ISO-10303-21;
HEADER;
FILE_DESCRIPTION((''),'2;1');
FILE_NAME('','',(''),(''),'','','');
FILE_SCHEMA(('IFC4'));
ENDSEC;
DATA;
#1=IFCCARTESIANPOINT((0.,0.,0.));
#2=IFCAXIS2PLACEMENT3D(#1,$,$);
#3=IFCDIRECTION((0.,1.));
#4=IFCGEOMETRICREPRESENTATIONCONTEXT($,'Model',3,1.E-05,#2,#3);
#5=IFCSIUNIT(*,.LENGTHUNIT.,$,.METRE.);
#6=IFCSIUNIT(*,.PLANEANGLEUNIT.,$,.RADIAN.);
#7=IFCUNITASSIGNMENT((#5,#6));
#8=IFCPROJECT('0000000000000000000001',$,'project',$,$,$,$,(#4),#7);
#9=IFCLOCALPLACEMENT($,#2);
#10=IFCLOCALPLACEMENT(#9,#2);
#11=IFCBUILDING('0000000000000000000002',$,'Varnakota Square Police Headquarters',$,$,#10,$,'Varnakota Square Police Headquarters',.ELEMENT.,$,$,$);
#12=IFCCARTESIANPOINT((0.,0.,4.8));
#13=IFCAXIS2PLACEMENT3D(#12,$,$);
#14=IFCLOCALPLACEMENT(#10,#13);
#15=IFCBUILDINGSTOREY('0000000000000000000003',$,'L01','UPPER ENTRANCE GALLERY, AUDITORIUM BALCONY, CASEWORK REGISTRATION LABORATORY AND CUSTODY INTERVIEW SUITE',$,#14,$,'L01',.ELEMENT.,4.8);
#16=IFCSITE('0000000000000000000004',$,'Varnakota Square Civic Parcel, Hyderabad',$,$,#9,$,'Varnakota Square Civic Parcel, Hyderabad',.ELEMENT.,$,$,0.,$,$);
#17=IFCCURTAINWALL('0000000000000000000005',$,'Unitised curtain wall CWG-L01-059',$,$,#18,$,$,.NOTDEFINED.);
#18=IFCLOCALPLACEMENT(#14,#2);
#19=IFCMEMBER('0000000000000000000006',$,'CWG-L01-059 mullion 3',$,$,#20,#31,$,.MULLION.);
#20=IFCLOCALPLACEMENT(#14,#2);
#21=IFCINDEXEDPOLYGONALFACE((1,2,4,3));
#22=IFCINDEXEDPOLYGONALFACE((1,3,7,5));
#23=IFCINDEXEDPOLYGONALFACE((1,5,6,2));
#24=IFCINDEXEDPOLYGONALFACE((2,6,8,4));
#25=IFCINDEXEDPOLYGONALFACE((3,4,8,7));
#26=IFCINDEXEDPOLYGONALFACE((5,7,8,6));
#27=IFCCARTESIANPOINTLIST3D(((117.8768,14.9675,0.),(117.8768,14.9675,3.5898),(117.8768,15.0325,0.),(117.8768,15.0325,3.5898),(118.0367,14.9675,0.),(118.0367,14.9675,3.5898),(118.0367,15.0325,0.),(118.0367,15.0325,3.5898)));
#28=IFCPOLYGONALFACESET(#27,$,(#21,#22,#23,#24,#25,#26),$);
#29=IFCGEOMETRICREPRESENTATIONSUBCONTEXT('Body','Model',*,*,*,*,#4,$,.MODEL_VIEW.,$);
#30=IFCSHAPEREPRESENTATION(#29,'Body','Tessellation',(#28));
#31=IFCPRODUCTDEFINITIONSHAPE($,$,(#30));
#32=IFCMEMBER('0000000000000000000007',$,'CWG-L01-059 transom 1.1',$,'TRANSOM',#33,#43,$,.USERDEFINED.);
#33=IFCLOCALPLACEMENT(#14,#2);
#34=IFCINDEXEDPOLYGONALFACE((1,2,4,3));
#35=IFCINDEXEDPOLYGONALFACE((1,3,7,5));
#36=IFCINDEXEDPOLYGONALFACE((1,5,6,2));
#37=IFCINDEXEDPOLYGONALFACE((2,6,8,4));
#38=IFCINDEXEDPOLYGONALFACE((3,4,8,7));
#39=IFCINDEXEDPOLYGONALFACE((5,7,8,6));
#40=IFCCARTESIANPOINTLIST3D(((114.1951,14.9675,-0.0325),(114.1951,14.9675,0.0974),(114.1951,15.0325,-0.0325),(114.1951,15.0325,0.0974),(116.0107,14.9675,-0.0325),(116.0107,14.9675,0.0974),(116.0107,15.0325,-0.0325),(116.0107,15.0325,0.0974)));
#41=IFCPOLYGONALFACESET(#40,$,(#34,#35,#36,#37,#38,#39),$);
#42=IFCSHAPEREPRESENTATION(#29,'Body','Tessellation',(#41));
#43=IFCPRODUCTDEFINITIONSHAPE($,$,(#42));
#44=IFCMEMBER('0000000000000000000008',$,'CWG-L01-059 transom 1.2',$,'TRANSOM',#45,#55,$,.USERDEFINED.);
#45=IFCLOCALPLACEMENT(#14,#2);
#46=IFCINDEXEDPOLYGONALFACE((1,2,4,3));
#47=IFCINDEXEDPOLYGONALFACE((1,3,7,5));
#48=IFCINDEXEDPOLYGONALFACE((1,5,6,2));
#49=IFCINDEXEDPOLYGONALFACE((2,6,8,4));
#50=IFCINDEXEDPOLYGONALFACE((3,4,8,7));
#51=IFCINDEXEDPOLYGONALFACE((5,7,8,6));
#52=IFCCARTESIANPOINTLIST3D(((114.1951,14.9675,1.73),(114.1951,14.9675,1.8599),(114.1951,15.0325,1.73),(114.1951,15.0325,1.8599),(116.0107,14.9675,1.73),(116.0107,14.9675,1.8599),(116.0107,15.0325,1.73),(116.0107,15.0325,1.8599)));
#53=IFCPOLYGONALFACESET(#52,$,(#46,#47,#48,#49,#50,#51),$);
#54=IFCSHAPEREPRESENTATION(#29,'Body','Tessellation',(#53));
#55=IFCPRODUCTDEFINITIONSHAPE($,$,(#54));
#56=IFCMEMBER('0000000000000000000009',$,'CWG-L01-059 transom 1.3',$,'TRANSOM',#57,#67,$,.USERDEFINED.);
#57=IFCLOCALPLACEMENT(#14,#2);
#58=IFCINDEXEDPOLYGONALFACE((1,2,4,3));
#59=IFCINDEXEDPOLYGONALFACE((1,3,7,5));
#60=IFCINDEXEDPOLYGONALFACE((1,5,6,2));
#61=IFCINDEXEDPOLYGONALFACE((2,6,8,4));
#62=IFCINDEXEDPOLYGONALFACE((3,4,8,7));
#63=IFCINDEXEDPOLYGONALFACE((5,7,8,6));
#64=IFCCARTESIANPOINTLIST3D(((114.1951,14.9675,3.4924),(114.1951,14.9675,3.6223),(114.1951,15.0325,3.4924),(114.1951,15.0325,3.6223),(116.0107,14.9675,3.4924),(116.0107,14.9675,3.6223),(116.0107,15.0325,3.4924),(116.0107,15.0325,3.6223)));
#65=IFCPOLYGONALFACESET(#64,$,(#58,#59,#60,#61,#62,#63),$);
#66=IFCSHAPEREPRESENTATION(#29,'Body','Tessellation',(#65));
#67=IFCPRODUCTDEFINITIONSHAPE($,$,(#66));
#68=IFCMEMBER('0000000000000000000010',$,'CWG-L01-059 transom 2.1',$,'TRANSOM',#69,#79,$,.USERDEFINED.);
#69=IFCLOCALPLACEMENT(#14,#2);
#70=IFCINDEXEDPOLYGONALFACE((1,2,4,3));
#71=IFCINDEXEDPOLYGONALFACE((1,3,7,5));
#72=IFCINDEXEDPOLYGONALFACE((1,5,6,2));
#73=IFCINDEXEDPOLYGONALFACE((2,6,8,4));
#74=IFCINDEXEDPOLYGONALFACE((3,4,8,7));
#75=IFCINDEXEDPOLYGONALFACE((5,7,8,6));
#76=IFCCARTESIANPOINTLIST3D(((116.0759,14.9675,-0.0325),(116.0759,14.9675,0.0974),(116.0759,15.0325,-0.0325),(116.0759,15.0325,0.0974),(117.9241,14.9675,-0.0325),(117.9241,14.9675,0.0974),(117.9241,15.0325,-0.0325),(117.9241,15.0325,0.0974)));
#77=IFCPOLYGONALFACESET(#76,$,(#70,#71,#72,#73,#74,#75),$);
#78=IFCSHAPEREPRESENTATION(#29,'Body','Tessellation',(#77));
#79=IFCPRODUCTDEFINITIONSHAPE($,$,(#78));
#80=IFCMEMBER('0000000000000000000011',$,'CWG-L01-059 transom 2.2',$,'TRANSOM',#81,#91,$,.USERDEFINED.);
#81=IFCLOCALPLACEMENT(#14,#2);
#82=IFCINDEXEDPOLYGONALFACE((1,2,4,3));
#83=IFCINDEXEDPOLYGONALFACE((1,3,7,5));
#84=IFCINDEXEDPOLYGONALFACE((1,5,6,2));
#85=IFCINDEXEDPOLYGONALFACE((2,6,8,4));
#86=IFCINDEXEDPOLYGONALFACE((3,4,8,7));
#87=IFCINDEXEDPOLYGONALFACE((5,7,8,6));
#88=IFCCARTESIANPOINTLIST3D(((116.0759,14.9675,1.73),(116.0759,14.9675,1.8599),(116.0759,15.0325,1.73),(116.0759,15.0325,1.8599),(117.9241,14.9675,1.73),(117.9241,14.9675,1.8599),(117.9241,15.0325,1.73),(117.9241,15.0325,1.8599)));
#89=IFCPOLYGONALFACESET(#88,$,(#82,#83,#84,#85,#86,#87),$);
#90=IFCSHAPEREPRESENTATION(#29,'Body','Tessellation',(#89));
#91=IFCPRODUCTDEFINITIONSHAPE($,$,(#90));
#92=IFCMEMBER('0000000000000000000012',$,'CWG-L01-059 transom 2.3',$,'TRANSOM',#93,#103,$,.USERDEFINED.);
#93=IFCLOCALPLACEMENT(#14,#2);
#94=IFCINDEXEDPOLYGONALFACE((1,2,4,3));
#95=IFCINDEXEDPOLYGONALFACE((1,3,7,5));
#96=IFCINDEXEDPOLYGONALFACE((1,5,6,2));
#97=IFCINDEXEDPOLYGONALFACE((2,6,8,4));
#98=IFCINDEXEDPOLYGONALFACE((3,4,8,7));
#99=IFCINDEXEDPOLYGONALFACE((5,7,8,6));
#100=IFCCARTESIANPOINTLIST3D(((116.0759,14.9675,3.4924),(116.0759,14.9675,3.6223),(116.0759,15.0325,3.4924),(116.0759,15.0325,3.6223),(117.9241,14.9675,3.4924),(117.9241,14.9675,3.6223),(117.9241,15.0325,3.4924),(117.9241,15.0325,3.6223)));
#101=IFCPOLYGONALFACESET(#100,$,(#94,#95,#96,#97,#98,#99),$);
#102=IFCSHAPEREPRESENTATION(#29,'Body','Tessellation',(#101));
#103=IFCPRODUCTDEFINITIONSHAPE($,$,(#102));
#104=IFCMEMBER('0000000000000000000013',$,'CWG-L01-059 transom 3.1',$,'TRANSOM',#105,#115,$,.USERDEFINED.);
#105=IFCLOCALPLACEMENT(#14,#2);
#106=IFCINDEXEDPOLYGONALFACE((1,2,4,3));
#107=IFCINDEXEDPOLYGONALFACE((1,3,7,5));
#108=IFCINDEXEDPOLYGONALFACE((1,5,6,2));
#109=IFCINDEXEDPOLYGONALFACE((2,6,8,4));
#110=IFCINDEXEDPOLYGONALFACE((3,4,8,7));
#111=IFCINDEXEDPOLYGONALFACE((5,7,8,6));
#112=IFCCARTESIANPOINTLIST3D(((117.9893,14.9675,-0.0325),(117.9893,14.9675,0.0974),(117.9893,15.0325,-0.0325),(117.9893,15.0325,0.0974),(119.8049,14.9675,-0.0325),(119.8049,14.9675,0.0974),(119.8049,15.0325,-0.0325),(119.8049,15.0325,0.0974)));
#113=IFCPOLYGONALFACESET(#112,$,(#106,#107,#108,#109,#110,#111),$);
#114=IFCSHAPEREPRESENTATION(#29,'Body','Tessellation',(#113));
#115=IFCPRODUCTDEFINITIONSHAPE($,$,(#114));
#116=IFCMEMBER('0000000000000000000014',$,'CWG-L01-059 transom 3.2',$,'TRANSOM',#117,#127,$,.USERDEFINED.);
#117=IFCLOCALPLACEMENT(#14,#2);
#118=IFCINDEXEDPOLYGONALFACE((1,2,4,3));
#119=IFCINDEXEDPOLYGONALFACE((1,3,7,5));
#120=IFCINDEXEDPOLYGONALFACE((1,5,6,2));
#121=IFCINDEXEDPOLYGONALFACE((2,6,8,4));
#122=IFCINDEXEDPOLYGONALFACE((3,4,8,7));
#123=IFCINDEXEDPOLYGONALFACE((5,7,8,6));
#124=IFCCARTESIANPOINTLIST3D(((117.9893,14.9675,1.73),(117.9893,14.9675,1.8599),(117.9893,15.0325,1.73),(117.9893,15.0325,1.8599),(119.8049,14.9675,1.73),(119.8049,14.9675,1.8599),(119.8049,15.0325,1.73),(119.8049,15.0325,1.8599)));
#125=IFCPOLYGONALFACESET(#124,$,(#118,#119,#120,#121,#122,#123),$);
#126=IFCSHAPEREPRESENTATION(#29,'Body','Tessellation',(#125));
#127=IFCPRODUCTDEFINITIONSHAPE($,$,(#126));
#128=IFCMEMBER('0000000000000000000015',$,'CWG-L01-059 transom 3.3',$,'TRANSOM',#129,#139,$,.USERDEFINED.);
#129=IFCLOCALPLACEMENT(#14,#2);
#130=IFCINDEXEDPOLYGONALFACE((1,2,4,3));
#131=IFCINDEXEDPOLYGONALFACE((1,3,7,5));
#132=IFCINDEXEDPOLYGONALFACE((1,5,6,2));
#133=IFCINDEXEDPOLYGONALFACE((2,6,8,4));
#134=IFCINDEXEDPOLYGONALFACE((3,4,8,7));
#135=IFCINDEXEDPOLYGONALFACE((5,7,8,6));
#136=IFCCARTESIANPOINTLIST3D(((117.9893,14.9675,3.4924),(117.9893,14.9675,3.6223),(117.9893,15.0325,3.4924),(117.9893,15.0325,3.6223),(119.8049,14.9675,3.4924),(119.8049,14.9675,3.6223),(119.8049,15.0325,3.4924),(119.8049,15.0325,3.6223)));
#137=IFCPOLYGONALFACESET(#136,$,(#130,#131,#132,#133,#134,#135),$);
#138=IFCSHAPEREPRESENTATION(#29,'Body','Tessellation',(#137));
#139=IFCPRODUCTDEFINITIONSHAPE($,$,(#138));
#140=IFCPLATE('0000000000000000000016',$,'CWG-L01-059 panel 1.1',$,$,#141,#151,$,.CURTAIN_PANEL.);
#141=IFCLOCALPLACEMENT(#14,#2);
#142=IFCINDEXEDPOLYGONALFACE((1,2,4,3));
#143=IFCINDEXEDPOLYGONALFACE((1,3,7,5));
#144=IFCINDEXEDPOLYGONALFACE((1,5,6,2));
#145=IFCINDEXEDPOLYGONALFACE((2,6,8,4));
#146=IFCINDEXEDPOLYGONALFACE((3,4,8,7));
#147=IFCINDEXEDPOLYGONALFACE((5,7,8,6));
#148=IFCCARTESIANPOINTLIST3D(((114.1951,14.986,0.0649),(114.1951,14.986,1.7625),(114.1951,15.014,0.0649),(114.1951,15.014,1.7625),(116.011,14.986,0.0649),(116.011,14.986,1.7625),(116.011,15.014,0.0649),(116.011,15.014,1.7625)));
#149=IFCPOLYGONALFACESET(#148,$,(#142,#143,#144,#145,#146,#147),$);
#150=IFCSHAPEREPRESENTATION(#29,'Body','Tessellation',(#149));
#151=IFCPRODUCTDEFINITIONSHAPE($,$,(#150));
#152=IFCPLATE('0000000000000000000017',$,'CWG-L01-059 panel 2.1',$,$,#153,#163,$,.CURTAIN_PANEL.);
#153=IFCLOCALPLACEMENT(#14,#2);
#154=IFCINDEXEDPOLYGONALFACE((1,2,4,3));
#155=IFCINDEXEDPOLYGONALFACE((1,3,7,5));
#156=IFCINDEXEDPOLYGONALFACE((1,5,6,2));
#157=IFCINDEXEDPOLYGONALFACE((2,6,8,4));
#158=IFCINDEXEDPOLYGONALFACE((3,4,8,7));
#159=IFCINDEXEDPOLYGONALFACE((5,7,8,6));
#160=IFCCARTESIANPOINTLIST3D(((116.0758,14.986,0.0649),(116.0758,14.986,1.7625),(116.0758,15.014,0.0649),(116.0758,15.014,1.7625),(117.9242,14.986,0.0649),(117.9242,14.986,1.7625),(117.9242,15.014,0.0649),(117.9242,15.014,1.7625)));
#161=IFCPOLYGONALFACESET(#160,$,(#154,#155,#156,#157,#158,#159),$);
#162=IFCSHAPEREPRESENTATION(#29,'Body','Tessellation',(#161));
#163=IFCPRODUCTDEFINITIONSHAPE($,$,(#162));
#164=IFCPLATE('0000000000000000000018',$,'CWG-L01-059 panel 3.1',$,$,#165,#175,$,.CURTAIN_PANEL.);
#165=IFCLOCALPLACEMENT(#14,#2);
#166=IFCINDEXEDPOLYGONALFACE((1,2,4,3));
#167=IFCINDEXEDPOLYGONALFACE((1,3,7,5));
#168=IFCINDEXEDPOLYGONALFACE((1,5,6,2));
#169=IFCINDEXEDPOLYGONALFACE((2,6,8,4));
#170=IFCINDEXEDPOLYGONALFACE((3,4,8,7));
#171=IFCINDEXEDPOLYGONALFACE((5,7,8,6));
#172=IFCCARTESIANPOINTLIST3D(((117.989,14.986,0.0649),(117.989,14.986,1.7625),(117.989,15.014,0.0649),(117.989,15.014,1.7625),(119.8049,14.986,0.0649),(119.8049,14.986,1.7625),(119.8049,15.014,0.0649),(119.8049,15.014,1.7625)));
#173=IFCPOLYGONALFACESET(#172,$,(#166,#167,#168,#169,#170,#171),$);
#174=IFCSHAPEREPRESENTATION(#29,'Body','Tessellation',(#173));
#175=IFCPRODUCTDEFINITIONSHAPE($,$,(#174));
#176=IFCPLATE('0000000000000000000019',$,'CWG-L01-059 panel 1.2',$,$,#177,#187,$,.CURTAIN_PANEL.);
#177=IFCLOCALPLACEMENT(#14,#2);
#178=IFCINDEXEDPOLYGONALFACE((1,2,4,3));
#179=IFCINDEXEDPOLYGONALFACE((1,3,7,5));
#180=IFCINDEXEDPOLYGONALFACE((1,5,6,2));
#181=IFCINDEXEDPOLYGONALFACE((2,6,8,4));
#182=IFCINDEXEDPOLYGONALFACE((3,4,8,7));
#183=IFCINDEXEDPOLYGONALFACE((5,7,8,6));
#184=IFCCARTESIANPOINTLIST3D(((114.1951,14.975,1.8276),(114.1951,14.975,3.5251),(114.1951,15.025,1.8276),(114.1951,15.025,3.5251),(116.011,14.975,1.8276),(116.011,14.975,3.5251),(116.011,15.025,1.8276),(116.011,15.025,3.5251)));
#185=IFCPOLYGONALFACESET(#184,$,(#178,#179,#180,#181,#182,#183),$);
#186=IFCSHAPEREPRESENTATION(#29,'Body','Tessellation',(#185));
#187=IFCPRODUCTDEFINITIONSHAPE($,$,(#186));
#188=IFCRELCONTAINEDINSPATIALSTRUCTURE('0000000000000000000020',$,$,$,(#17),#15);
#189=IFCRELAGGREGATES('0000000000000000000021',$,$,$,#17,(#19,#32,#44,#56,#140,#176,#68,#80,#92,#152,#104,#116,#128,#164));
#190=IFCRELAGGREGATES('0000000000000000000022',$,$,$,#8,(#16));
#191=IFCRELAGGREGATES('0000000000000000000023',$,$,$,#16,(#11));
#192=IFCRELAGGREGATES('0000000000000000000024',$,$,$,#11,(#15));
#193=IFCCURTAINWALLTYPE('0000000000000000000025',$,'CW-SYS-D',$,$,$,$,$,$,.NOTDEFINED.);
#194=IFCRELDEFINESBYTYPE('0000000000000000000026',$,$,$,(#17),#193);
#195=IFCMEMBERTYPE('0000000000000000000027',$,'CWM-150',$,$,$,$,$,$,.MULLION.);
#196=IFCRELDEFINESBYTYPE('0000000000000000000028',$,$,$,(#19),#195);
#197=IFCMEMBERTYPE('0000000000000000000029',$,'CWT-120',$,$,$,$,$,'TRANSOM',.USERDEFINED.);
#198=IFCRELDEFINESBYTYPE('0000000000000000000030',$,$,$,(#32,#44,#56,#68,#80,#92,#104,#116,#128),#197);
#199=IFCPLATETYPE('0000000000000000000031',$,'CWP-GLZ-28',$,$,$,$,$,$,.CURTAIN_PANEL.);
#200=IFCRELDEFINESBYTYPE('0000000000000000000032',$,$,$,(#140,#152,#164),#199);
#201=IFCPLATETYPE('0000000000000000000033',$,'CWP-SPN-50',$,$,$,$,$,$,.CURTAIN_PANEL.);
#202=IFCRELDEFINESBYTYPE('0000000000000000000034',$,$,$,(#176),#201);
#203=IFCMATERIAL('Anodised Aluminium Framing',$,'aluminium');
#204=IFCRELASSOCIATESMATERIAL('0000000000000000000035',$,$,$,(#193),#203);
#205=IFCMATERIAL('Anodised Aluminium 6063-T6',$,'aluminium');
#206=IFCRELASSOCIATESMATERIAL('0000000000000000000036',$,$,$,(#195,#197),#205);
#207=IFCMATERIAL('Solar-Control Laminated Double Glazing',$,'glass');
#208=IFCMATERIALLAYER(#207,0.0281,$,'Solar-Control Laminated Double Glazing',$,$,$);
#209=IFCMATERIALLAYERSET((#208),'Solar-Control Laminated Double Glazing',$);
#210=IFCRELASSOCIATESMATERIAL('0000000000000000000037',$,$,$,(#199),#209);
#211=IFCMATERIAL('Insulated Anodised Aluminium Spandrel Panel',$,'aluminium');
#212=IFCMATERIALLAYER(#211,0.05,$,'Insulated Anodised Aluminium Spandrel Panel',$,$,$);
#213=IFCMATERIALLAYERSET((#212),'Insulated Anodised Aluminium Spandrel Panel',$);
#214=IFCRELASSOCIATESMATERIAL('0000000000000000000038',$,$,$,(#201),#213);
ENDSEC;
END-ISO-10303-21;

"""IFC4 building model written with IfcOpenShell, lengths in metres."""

from ifc_helpers import new_model, si_unit, direction, frame, origin, origin_2d, place, context, subcontext, project, spatial, rectangle, extrude, material, layer, layer_set, material_profile, profile_set, type_object, element, aggregate, save


model = new_model("IFC4")

# Units and contexts
model_context = context("Model", 3, precision=1e-05, world=origin(), true_north=direction((0.0, 1.0)))
body_context = subcontext(model_context, "Body", "Model", "MODEL_VIEW")
ifc_project = project(units=[si_unit("LENGTHUNIT", "METRE"), si_unit("PLANEANGLEUNIT", "RADIAN")], contexts=[model_context])

# Site, building, storey
site_placement = place(None, origin())
site = spatial("IfcSite", under=ifc_project, at=site_placement, Name="Varnakota Square Civic Parcel, Hyderabad", LongName="Varnakota Square Civic Parcel, Hyderabad", CompositionType="ELEMENT", RefElevation=0.0)
building_placement = place(site_placement, origin())
building = spatial("IfcBuilding", under=site, at=building_placement, Name="Varnakota Square Police Headquarters", LongName="Varnakota Square Police Headquarters", CompositionType="ELEMENT")
storey_placement = place(building_placement, frame((0.0, 0.0, 4.8)))
storey = spatial("IfcBuildingStorey", under=building, at=storey_placement, Name="L01", Description="UPPER ENTRANCE GALLERY, AUDITORIUM BALCONY, CASEWORK REGISTRATION LABORATORY AND CUSTODY INTERVIEW SUITE", LongName="L01", CompositionType="ELEMENT", Elevation=4.8)

# Shared definitions
ifc_material_1 = material(Name="Anodised Aluminium Framing", Category="aluminium")
curtain_wall_type = type_object("IfcCurtainWallType", Name="CW-SYS-D", PredefinedType="NOTDEFINED", material=ifc_material_1)
ifc_material_2 = material(Name="Anodised Aluminium 6063-T6", Category="aluminium")
ifc_material_profile_1 = material_profile(ifc_material_2, rectangle(XDim=0.0649, YDim=0.1599, at=origin_2d()), Name="ALU MULLION 65x160")
ifc_profile_set_1 = profile_set([ifc_material_profile_1], Name="Anodised Aluminium 6063-T6")
member_type_1 = type_object("IfcMemberType", Name="CWM-150", PredefinedType="MULLION", material=ifc_profile_set_1)

# Curtain wall, members, plates
curtain_wall_1_placement = place(storey_placement, origin())
curtain_wall_1 = element("IfcCurtainWall", 1, at=curtain_wall_1_placement, inside=storey, type_object=curtain_wall_type, Name="Unitised curtain wall CWG-L01-059", PredefinedType="NOTDEFINED")
member_1_placement = place(storey_placement, frame((117.9568, 15.0, 0.0), z_axis=(0.0, 0.0, 1.0), x_axis=(0.0, 1.0, 0.0)))
member_1 = element("IfcMember", 2, at=member_1_placement, type_object=member_type_1, Name="CWG-L01-059 mullion 3", PredefinedType="MULLION", context=body_context, shape_type="SweptSolid", body=[
    extrude(rectangle(XDim=0.0649, YDim=0.1599, at=origin_2d()), origin(), (0.0, 0.0, 1.0), 3.5898),
])
ifc_material_profile_2 = material_profile(ifc_material_2, rectangle(XDim=0.0649, YDim=0.1299, at=origin_2d()), Name="ALU TRANSOM 65x130")
ifc_profile_set_2 = profile_set([ifc_material_profile_2], Name="Anodised Aluminium 6063-T6")
member_type_2 = type_object("IfcMemberType", Name="CWT-120", ElementType="TRANSOM", PredefinedType="USERDEFINED", material=ifc_profile_set_2)
member_2_placement = place(storey_placement, frame((114.1951, 15.0, 0.0325), z_axis=(1.0, 0.0, 0.0), x_axis=(0.0, 1.0, 0.0)))
member_2 = element("IfcMember", 3, at=member_2_placement, type_object=member_type_2, Name="CWG-L01-059 transom 1.1", ObjectType="TRANSOM", PredefinedType="USERDEFINED", context=body_context, shape_type="SweptSolid", body=[
    extrude(rectangle(XDim=0.0649, YDim=0.1299, at=origin_2d()), origin(), (0.0, 0.0, 1.0), 1.8157),
])
member_3_placement = place(storey_placement, frame((114.1951, 15.0, 1.7949), z_axis=(1.0, 0.0, 0.0), x_axis=(0.0, 1.0, 0.0)))
member_3 = element("IfcMember", 4, at=member_3_placement, type_object=member_type_2, Name="CWG-L01-059 transom 1.2", ObjectType="TRANSOM", PredefinedType="USERDEFINED", context=body_context, shape_type="SweptSolid", body=[
    extrude(rectangle(XDim=0.0649, YDim=0.1299, at=origin_2d()), origin(), (0.0, 0.0, 1.0), 1.8157),
])
member_4_placement = place(storey_placement, frame((114.1951, 15.0, 3.5574), z_axis=(1.0, 0.0, 0.0), x_axis=(0.0, 1.0, 0.0)))
member_4 = element("IfcMember", 5, at=member_4_placement, type_object=member_type_2, Name="CWG-L01-059 transom 1.3", ObjectType="TRANSOM", PredefinedType="USERDEFINED", context=body_context, shape_type="SweptSolid", body=[
    extrude(rectangle(XDim=0.0649, YDim=0.1299, at=origin_2d()), origin(), (0.0, 0.0, 1.0), 1.8157),
])
member_5_placement = place(storey_placement, frame((116.0759, 15.0, 0.0325), z_axis=(1.0, 0.0, 0.0), x_axis=(0.0, 1.0, 0.0)))
member_5 = element("IfcMember", 6, at=member_5_placement, type_object=member_type_2, Name="CWG-L01-059 transom 2.1", ObjectType="TRANSOM", PredefinedType="USERDEFINED", context=body_context, shape_type="SweptSolid", body=[
    extrude(rectangle(XDim=0.0649, YDim=0.1299, at=origin_2d()), origin(), (0.0, 0.0, 1.0), 1.8481),
])
member_6_placement = place(storey_placement, frame((116.0759, 15.0, 1.7949), z_axis=(1.0, 0.0, 0.0), x_axis=(0.0, 1.0, 0.0)))
member_6 = element("IfcMember", 7, at=member_6_placement, type_object=member_type_2, Name="CWG-L01-059 transom 2.2", ObjectType="TRANSOM", PredefinedType="USERDEFINED", context=body_context, shape_type="SweptSolid", body=[
    extrude(rectangle(XDim=0.0649, YDim=0.1299, at=origin_2d()), origin(), (0.0, 0.0, 1.0), 1.8481),
])
member_7_placement = place(storey_placement, frame((116.0759, 15.0, 3.5574), z_axis=(1.0, 0.0, 0.0), x_axis=(0.0, 1.0, 0.0)))
member_7 = element("IfcMember", 8, at=member_7_placement, type_object=member_type_2, Name="CWG-L01-059 transom 2.3", ObjectType="TRANSOM", PredefinedType="USERDEFINED", context=body_context, shape_type="SweptSolid", body=[
    extrude(rectangle(XDim=0.0649, YDim=0.1299, at=origin_2d()), origin(), (0.0, 0.0, 1.0), 1.8481),
])
member_8_placement = place(storey_placement, frame((117.9893, 15.0, 0.0325), z_axis=(1.0, 0.0, 0.0), x_axis=(0.0, 1.0, 0.0)))
member_8 = element("IfcMember", 9, at=member_8_placement, type_object=member_type_2, Name="CWG-L01-059 transom 3.1", ObjectType="TRANSOM", PredefinedType="USERDEFINED", context=body_context, shape_type="SweptSolid", body=[
    extrude(rectangle(XDim=0.0649, YDim=0.1299, at=origin_2d()), origin(), (0.0, 0.0, 1.0), 1.8157),
])
member_9_placement = place(storey_placement, frame((117.9893, 15.0, 1.7949), z_axis=(1.0, 0.0, 0.0), x_axis=(0.0, 1.0, 0.0)))
member_9 = element("IfcMember", 10, at=member_9_placement, type_object=member_type_2, Name="CWG-L01-059 transom 3.2", ObjectType="TRANSOM", PredefinedType="USERDEFINED", context=body_context, shape_type="SweptSolid", body=[
    extrude(rectangle(XDim=0.0649, YDim=0.1299, at=origin_2d()), origin(), (0.0, 0.0, 1.0), 1.8157),
])
member_10_placement = place(storey_placement, frame((117.9893, 15.0, 3.5574), z_axis=(1.0, 0.0, 0.0), x_axis=(0.0, 1.0, 0.0)))
member_10 = element("IfcMember", 11, at=member_10_placement, type_object=member_type_2, Name="CWG-L01-059 transom 3.3", ObjectType="TRANSOM", PredefinedType="USERDEFINED", context=body_context, shape_type="SweptSolid", body=[
    extrude(rectangle(XDim=0.0649, YDim=0.1299, at=origin_2d()), origin(), (0.0, 0.0, 1.0), 1.8157),
])
ifc_material_3 = material(Name="Solar-Control Laminated Double Glazing", Category="glass")
ifc_layer_1 = layer(ifc_material_3, 0.0281, Name="Solar-Control Laminated Double Glazing")
ifc_layer_set_1 = layer_set([ifc_layer_1], Name="Solar-Control Laminated Double Glazing")
plate_type_1 = type_object("IfcPlateType", Name="CWP-GLZ-28", PredefinedType="CURTAIN_PANEL", material=ifc_layer_set_1)
plate_1_placement = place(storey_placement, frame((115.103, 15.0, 0.0649), z_axis=(0.0, 0.0, 1.0), x_axis=(1.0, 0.0, 0.0)))
plate_1 = element("IfcPlate", 12, at=plate_1_placement, type_object=plate_type_1, Name="CWG-L01-059 panel 1.1", PredefinedType="CURTAIN_PANEL", context=body_context, shape_type="SweptSolid", body=[
    extrude(rectangle(XDim=1.8159, YDim=0.0281, at=origin_2d()), origin(), (0.0, 0.0, 1.0), 1.6975),
])
plate_2_placement = place(storey_placement, frame((117.0, 15.0, 0.0649), z_axis=(0.0, 0.0, 1.0), x_axis=(1.0, 0.0, 0.0)))
plate_2 = element("IfcPlate", 13, at=plate_2_placement, type_object=plate_type_1, Name="CWG-L01-059 panel 2.1", PredefinedType="CURTAIN_PANEL", context=body_context, shape_type="SweptSolid", body=[
    extrude(rectangle(XDim=1.8484, YDim=0.0281, at=origin_2d()), origin(), (0.0, 0.0, 1.0), 1.6975),
])
plate_3_placement = place(storey_placement, frame((118.897, 15.0, 0.0649), z_axis=(0.0, 0.0, 1.0), x_axis=(1.0, 0.0, 0.0)))
plate_3 = element("IfcPlate", 14, at=plate_3_placement, type_object=plate_type_1, Name="CWG-L01-059 panel 3.1", PredefinedType="CURTAIN_PANEL", context=body_context, shape_type="SweptSolid", body=[
    extrude(rectangle(XDim=1.8159, YDim=0.0281, at=origin_2d()), origin(), (0.0, 0.0, 1.0), 1.6975),
])
ifc_material_4 = material(Name="Insulated Anodised Aluminium Spandrel Panel", Category="aluminium")
ifc_layer_2 = layer(ifc_material_4, 0.05, Name="Insulated Anodised Aluminium Spandrel Panel")
ifc_layer_set_2 = layer_set([ifc_layer_2], Name="Insulated Anodised Aluminium Spandrel Panel")
plate_type_2 = type_object("IfcPlateType", Name="CWP-SPN-50", PredefinedType="CURTAIN_PANEL", material=ifc_layer_set_2)
plate_4_placement = place(storey_placement, frame((115.103, 15.0, 1.8276), z_axis=(0.0, 0.0, 1.0), x_axis=(1.0, 0.0, 0.0)))
plate_4 = element("IfcPlate", 15, at=plate_4_placement, type_object=plate_type_2, Name="CWG-L01-059 panel 1.2", PredefinedType="CURTAIN_PANEL", context=body_context, shape_type="SweptSolid", body=[
    extrude(rectangle(XDim=1.8159, YDim=0.05, at=origin_2d()), origin(), (0.0, 0.0, 1.0), 1.6975),
])
aggregate(curtain_wall_1, [member_1, member_2, member_3, member_4, plate_1, plate_4, member_5, member_6, member_7, plate_2, member_8, member_9, member_10, plate_3])

save(model, "model.ifc")
